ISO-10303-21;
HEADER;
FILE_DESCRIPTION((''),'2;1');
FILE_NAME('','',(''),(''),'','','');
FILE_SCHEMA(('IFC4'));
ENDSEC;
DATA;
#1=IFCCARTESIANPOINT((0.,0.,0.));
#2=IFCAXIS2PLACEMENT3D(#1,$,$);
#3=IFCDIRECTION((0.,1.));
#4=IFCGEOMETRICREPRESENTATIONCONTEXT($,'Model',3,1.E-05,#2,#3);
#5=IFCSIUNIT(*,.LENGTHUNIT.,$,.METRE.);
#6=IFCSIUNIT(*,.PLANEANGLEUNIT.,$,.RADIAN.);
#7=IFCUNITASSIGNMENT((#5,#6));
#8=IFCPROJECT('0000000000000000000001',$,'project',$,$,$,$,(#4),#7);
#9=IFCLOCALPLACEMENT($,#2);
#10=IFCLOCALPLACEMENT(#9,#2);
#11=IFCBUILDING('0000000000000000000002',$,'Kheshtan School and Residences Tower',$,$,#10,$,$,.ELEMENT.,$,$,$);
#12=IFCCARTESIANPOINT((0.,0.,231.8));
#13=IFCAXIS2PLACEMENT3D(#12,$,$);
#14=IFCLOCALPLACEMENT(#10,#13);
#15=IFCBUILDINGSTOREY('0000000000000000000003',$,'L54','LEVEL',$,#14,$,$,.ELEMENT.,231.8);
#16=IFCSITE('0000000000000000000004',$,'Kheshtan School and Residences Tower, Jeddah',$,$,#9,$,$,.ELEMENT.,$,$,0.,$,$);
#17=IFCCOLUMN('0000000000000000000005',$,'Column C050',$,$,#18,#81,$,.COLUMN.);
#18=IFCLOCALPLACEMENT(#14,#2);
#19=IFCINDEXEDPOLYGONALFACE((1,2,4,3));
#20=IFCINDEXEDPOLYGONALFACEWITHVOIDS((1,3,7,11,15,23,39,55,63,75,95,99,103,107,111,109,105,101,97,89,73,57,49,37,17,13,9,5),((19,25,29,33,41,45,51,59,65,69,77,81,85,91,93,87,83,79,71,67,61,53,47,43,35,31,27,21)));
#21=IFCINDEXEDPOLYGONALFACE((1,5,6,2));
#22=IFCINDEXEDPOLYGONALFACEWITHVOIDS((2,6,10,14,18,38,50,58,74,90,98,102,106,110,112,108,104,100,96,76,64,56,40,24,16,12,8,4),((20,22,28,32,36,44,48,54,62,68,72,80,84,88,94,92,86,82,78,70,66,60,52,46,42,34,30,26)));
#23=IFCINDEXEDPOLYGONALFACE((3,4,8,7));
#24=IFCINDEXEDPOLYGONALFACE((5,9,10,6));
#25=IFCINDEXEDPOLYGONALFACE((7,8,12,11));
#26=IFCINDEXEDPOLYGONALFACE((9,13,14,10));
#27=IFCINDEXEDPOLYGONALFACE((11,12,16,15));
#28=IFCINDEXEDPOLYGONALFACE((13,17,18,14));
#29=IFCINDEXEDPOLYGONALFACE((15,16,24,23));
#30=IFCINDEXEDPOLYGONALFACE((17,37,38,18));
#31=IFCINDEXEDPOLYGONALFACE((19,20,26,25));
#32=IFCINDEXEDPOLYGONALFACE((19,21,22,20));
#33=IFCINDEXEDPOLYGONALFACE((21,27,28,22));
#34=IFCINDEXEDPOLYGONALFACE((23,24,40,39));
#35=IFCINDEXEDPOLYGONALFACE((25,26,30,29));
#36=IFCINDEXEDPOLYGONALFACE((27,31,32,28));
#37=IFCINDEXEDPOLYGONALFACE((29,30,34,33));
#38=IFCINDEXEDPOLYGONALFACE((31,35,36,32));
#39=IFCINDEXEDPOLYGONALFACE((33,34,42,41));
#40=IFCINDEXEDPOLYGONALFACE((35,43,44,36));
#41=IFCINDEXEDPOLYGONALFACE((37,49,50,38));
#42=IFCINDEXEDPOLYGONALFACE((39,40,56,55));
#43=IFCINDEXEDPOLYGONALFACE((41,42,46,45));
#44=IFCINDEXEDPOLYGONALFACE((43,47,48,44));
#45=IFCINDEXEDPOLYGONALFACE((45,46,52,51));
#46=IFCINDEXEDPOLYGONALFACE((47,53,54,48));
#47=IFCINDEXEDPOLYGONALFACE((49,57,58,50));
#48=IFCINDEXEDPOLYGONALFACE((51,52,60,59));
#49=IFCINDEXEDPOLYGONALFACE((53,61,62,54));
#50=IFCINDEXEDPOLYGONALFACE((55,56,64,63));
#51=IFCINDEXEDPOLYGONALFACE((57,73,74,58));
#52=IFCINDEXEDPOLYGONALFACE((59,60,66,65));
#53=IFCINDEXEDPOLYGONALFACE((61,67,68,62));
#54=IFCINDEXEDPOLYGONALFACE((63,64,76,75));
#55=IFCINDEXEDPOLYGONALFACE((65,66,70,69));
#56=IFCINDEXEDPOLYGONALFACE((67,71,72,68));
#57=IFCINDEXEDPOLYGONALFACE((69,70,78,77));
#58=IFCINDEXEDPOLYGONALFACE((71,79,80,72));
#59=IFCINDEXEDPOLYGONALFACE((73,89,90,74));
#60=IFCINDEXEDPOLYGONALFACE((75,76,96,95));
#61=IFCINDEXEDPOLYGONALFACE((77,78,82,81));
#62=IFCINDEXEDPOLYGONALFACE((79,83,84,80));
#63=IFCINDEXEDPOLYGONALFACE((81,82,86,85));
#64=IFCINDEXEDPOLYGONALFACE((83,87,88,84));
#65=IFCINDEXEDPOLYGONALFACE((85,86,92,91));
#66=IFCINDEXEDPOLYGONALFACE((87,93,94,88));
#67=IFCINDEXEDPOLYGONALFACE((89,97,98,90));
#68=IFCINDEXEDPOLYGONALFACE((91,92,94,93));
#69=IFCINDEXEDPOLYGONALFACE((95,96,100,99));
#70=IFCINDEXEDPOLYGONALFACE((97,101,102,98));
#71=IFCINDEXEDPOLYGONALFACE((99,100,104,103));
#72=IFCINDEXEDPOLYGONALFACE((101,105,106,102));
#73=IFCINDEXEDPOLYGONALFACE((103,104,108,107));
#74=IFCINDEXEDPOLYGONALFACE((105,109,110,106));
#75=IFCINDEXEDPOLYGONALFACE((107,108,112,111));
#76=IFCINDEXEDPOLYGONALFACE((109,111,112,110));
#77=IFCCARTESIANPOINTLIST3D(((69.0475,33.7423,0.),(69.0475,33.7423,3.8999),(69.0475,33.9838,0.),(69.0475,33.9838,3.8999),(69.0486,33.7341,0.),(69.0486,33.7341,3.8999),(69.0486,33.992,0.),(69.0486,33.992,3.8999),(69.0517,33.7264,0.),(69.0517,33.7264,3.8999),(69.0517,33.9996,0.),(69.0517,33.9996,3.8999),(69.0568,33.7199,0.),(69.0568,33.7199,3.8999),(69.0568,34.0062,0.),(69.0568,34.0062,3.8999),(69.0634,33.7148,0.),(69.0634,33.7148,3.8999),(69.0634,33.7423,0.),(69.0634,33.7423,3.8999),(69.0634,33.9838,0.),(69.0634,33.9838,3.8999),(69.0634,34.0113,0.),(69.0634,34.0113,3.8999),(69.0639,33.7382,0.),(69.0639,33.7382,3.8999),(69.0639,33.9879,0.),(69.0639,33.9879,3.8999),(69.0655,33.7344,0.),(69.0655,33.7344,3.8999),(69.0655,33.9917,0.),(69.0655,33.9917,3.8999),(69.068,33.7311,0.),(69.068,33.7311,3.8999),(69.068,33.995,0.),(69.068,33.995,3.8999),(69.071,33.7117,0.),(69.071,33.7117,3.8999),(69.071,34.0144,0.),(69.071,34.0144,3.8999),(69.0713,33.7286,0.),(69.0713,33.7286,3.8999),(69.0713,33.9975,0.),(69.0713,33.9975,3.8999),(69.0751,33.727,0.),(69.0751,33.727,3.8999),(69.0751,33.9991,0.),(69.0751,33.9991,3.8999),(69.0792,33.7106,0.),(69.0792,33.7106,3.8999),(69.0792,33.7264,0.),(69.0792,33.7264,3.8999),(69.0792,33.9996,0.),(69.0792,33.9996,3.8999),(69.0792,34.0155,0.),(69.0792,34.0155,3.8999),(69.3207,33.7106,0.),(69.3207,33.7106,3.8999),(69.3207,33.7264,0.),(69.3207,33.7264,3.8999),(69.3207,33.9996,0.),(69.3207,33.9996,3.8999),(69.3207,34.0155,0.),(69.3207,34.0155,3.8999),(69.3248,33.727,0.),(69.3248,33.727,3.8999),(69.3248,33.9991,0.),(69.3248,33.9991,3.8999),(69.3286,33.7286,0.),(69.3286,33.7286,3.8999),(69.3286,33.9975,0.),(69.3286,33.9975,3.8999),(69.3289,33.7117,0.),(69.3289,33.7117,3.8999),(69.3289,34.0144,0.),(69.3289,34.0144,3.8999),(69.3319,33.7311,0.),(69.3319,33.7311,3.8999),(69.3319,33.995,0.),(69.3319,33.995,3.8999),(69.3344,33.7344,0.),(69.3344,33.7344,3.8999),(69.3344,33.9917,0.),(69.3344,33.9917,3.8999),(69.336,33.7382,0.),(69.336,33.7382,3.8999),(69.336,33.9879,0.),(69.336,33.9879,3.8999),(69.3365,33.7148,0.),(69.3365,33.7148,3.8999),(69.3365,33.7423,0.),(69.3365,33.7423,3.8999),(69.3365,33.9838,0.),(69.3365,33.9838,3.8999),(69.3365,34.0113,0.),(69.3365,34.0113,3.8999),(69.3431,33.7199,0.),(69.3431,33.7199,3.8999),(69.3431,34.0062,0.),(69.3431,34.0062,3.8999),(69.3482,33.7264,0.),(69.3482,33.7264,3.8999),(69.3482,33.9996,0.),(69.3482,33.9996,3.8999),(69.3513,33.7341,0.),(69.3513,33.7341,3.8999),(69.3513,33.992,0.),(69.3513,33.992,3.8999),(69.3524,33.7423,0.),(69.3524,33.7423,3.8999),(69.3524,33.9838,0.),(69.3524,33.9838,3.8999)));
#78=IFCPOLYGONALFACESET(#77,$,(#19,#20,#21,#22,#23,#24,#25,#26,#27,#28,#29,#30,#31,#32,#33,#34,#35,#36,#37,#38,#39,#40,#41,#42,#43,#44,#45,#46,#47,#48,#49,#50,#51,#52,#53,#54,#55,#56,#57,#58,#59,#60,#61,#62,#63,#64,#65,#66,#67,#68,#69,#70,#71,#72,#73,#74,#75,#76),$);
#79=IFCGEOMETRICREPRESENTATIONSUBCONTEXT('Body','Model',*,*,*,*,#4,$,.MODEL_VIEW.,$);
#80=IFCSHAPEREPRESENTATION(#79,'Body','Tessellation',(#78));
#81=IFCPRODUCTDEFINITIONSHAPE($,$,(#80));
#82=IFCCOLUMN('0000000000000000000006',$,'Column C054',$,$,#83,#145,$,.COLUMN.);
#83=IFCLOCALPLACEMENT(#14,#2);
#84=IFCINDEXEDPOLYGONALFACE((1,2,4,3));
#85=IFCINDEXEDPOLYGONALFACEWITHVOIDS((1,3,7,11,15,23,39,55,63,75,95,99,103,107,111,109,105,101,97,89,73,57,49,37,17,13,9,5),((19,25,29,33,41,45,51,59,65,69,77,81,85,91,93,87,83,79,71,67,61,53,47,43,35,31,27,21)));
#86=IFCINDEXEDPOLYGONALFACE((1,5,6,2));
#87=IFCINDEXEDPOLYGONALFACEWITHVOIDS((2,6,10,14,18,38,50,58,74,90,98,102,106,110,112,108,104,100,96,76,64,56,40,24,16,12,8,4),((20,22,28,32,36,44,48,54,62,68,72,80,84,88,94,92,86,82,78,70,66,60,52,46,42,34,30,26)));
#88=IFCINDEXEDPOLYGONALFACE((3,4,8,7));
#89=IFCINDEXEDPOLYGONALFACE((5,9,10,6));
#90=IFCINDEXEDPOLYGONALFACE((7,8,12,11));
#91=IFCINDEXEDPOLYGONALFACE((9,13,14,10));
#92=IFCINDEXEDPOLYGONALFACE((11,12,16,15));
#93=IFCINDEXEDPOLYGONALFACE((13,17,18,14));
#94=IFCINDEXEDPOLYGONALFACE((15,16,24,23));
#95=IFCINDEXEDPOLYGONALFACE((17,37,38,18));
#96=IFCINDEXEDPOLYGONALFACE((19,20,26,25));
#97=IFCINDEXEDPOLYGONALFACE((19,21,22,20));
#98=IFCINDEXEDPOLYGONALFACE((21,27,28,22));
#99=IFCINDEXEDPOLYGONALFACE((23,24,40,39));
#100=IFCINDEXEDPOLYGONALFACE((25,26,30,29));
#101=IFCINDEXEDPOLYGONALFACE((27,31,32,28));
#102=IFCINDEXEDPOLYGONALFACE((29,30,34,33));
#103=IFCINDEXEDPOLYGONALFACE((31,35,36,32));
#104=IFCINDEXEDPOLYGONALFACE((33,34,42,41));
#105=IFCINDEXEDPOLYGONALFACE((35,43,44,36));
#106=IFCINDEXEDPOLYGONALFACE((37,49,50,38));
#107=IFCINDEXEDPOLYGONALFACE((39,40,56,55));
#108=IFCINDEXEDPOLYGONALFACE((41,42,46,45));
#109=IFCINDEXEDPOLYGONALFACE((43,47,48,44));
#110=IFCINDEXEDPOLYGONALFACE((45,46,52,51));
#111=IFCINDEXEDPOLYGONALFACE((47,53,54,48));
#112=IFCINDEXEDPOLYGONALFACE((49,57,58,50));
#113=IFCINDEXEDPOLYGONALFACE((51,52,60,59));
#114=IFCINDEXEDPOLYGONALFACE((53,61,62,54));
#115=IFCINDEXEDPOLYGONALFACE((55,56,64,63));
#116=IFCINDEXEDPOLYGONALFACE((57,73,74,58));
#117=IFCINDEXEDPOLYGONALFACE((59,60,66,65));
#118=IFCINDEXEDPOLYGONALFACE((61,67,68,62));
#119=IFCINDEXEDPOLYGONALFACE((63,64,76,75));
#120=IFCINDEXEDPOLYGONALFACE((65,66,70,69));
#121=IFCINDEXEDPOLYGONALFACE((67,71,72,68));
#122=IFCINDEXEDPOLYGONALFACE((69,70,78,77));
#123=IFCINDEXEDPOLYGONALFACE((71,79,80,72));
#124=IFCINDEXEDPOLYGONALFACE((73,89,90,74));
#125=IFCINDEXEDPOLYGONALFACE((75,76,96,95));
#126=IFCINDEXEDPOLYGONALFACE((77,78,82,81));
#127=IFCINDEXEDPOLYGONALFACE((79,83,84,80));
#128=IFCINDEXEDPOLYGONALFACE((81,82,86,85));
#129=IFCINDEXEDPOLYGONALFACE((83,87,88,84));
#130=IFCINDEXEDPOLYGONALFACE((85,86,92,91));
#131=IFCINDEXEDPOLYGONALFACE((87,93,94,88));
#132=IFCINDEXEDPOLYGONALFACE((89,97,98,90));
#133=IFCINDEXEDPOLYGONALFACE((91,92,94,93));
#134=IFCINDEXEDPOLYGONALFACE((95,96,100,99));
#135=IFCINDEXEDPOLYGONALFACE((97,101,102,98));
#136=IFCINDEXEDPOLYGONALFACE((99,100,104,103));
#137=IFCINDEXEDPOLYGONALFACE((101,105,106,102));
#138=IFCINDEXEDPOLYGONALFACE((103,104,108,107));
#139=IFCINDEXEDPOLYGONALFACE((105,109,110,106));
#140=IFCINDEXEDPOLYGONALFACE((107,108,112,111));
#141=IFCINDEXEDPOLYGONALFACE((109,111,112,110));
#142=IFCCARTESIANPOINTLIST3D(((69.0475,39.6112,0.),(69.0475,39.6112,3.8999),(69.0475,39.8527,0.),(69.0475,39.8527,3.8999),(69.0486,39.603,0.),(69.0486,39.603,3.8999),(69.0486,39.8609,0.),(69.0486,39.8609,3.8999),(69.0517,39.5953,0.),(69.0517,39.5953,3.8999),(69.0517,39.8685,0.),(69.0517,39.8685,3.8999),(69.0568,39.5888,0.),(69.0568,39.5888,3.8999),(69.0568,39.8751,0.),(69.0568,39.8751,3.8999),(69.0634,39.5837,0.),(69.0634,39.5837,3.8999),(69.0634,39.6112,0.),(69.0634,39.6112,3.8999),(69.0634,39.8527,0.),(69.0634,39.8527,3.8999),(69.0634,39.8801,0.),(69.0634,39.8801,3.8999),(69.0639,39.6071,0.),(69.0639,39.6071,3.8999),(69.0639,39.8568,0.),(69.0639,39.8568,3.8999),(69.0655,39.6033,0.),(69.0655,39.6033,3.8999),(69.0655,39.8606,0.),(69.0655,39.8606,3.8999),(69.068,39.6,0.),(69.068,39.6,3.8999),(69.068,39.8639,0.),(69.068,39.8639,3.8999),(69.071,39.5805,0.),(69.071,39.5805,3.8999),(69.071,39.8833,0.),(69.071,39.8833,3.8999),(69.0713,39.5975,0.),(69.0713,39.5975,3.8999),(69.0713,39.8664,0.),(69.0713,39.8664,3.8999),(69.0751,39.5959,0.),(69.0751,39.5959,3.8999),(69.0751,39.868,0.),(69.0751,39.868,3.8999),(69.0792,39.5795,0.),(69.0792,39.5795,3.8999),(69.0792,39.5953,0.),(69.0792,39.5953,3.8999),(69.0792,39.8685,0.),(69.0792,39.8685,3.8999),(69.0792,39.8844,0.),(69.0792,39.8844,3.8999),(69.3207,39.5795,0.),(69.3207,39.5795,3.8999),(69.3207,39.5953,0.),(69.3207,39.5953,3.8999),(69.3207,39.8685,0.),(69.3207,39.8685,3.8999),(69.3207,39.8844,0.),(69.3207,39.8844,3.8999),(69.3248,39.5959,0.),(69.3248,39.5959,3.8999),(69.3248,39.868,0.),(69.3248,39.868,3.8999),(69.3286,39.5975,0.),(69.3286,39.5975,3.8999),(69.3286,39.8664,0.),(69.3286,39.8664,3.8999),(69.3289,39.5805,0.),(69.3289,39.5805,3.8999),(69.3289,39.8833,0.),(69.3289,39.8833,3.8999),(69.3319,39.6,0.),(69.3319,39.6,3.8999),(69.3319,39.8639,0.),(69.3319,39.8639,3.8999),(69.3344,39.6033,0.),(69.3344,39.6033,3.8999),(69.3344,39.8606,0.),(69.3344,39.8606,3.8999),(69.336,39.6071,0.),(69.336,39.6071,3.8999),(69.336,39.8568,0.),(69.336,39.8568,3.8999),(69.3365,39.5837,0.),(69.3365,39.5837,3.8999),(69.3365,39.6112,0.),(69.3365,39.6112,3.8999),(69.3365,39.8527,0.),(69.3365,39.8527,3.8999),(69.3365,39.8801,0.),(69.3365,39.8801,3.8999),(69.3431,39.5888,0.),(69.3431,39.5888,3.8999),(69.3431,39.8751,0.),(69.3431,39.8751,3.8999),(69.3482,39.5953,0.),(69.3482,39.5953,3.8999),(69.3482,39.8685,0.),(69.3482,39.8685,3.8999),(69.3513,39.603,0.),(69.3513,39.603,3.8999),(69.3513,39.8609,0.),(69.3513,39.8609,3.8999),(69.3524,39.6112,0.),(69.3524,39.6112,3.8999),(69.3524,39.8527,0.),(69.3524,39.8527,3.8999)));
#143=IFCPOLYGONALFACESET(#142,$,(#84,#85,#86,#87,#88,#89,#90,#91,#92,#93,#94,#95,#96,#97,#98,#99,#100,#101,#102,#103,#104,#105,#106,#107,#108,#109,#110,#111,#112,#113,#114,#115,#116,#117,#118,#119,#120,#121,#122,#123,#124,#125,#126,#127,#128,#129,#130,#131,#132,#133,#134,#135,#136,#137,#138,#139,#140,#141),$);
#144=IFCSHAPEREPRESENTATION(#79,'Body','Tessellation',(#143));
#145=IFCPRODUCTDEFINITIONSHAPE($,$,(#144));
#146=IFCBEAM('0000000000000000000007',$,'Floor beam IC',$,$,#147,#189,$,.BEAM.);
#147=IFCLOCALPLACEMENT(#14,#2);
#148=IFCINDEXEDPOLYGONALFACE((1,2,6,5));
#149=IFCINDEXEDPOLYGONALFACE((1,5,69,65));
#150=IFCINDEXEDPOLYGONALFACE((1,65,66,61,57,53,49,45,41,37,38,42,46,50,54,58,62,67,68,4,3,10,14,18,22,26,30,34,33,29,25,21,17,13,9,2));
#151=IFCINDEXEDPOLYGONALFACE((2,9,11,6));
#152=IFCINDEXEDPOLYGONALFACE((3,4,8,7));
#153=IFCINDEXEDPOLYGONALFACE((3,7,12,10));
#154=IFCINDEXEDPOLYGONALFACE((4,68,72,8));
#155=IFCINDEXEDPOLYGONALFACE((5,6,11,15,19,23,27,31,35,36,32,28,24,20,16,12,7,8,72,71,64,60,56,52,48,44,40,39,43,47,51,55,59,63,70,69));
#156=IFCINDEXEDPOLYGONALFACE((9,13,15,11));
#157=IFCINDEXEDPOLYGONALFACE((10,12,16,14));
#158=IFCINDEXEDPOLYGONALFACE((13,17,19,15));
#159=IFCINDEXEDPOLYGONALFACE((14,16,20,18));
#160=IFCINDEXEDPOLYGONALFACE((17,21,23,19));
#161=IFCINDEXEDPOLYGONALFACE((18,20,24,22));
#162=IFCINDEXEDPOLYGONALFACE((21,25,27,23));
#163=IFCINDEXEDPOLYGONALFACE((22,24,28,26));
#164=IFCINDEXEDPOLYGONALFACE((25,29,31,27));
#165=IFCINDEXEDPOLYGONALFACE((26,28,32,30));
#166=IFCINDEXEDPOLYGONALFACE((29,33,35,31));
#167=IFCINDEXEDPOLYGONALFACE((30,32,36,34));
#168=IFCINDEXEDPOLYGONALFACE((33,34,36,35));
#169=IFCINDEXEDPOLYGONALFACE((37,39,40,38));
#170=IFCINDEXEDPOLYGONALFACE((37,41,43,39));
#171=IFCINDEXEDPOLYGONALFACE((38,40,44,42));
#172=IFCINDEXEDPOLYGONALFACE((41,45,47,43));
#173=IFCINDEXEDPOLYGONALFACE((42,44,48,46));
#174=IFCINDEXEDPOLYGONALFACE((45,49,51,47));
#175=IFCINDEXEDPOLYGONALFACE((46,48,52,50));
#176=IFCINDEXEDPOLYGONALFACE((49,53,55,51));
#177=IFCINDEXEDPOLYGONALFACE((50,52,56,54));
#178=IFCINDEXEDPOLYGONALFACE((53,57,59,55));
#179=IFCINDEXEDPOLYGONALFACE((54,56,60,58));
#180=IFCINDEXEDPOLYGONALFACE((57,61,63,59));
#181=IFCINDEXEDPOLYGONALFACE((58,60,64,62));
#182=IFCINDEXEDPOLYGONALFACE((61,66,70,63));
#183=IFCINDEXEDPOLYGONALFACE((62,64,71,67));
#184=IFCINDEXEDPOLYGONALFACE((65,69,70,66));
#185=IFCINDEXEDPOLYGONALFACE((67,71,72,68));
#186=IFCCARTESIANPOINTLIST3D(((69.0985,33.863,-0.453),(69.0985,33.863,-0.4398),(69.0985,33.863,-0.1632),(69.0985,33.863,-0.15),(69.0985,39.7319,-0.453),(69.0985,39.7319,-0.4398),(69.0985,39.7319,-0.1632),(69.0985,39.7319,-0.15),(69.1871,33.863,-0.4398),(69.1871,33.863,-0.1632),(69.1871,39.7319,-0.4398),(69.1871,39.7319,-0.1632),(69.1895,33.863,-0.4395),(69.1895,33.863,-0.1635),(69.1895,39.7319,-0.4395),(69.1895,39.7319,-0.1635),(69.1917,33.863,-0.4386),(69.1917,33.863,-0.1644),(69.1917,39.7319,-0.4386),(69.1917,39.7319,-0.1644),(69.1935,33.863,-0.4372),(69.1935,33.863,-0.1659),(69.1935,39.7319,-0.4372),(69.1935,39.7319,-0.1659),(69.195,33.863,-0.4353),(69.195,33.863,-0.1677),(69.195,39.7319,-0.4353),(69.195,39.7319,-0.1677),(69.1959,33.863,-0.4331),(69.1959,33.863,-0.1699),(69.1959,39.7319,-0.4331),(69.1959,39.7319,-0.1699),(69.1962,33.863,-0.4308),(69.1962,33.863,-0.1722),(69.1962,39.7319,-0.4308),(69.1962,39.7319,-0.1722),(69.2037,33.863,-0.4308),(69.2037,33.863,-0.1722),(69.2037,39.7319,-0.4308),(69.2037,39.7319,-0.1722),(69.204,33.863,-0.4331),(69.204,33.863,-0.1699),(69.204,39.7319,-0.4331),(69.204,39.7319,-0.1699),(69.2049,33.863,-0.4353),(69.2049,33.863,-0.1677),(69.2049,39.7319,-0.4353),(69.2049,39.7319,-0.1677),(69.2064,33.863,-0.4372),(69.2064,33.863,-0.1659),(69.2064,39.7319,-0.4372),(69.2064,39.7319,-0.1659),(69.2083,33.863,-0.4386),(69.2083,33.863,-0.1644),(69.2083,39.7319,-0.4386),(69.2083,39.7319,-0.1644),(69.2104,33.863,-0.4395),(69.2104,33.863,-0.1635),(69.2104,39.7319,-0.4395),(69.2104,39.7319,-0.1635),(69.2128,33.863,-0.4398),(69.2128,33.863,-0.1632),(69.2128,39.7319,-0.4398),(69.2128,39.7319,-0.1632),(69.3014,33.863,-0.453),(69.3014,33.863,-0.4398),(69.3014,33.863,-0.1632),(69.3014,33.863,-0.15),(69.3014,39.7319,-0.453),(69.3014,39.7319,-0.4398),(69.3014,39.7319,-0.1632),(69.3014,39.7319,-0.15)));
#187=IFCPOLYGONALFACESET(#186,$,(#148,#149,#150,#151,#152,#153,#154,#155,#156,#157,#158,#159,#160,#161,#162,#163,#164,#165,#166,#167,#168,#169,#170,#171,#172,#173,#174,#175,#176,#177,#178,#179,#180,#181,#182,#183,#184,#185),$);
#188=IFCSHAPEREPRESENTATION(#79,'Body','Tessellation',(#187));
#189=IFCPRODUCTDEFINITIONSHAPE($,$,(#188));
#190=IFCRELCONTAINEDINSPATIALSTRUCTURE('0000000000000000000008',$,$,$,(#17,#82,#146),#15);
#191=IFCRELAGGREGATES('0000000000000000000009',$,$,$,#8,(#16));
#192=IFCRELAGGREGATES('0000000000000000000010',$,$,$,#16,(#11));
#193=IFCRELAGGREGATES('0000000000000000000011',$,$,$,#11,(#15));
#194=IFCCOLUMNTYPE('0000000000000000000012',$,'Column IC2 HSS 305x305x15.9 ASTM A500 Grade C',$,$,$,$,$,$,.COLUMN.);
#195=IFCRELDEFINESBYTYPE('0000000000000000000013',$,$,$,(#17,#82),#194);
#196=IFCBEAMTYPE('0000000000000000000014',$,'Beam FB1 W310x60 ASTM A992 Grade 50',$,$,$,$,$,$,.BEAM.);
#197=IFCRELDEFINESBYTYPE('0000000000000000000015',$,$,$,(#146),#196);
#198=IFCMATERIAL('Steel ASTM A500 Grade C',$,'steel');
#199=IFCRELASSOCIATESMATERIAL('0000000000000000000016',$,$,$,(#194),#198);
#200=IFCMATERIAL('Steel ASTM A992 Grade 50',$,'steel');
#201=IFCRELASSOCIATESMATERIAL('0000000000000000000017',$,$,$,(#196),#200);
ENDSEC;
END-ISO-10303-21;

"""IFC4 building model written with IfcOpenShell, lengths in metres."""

from ifc_helpers import new_model, si_unit, direction, frame, origin, origin_2d, place, context, subcontext, project, spatial, hollow_rectangle, i_section, extrude, material, material_profile, profile_set, type_object, element, save


model = new_model("IFC4")

# Units and contexts
model_context = context("Model", 3, precision=1e-05, world=origin(), true_north=direction((0.0, 1.0)))
body_context = subcontext(model_context, "Body", "Model", "MODEL_VIEW")
ifc_project = project(units=[si_unit("LENGTHUNIT", "METRE"), si_unit("PLANEANGLEUNIT", "RADIAN")], contexts=[model_context])

# Site, building, storey
site_placement = place(None, origin())
site = spatial("IfcSite", under=ifc_project, at=site_placement, Name="Kheshtan School and Residences Tower, Jeddah", CompositionType="ELEMENT", RefElevation=0.0)
building_placement = place(site_placement, origin())
building = spatial("IfcBuilding", under=site, at=building_placement, Name="Kheshtan School and Residences Tower", CompositionType="ELEMENT")
storey_placement = place(building_placement, frame((0.0, 0.0, 231.8)))
storey = spatial("IfcBuildingStorey", under=building, at=storey_placement, Name="L54", Description="LEVEL", CompositionType="ELEMENT", Elevation=231.8)

# Columns
ifc_material_1 = material(Name="Steel ASTM A500 Grade C", Category="steel")
ifc_material_profile_1 = material_profile(ifc_material_1, hollow_rectangle(XDim=0.3049, YDim=0.3049, WallThickness=0.0159, InnerFilletRadius=0.0159, OuterFilletRadius=0.0317, at=origin_2d()), Name="HSS 305x305x15.9")
ifc_profile_set_1 = profile_set([ifc_material_profile_1], Name="Steel ASTM A500 Grade C")
column_type = type_object("IfcColumnType", Name="Column IC2 HSS 305x305x15.9 ASTM A500 Grade C", PredefinedType="COLUMN", material=ifc_profile_set_1)
for number, where, z_axis, x_axis, name in (
    (1, (69.2, 33.863, 0.0), (0.0, 0.0, 1.0), (1.0, 0.0, 0.0), "Column C050"),
    (2, (69.2, 39.7319, 0.0), (0.0, 0.0, 1.0), (1.0, 0.0, 0.0), "Column C054"),
):
    element("IfcColumn", number, at=place(storey_placement, frame(where, z_axis=z_axis, x_axis=x_axis)), inside=storey, type_object=column_type, Name=name, PredefinedType="COLUMN", context=body_context, shape_type="SweptSolid", body=[
        extrude(hollow_rectangle(XDim=0.3049, YDim=0.3049, WallThickness=0.0159, InnerFilletRadius=0.0159, OuterFilletRadius=0.0317, at=origin_2d()), origin(), (0.0, 0.0, 1.0), 3.8999),
    ])

# Beam
ifc_material_2 = material(Name="Steel ASTM A992 Grade 50", Category="steel")
ifc_material_profile_2 = material_profile(ifc_material_2, i_section(OverallWidth=0.2029, OverallDepth=0.303, WebThickness=0.0076, FlangeThickness=0.0132, FilletRadius=0.009, at=origin_2d()), Name="W310x60")
ifc_profile_set_2 = profile_set([ifc_material_profile_2], Name="Steel ASTM A992 Grade 50")
beam_type = type_object("IfcBeamType", Name="Beam FB1 W310x60 ASTM A992 Grade 50", PredefinedType="BEAM", material=ifc_profile_set_2)
beam_placement = place(storey_placement, frame((69.2, 33.863, -0.3015), z_axis=(0.0, 1.0, 0.0), x_axis=(-1.0, 0.0, 0.0)))
element("IfcBeam", 3, at=beam_placement, inside=storey, type_object=beam_type, Name="Floor beam IC", PredefinedType="BEAM", context=body_context, shape_type="SweptSolid", body=[
    extrude(i_section(OverallWidth=0.2029, OverallDepth=0.303, WebThickness=0.0076, FlangeThickness=0.0132, FilletRadius=0.009, at=origin_2d()), origin(), (0.0, 0.0, 1.0), 5.8689),
])

save(model, "model.ifc")
